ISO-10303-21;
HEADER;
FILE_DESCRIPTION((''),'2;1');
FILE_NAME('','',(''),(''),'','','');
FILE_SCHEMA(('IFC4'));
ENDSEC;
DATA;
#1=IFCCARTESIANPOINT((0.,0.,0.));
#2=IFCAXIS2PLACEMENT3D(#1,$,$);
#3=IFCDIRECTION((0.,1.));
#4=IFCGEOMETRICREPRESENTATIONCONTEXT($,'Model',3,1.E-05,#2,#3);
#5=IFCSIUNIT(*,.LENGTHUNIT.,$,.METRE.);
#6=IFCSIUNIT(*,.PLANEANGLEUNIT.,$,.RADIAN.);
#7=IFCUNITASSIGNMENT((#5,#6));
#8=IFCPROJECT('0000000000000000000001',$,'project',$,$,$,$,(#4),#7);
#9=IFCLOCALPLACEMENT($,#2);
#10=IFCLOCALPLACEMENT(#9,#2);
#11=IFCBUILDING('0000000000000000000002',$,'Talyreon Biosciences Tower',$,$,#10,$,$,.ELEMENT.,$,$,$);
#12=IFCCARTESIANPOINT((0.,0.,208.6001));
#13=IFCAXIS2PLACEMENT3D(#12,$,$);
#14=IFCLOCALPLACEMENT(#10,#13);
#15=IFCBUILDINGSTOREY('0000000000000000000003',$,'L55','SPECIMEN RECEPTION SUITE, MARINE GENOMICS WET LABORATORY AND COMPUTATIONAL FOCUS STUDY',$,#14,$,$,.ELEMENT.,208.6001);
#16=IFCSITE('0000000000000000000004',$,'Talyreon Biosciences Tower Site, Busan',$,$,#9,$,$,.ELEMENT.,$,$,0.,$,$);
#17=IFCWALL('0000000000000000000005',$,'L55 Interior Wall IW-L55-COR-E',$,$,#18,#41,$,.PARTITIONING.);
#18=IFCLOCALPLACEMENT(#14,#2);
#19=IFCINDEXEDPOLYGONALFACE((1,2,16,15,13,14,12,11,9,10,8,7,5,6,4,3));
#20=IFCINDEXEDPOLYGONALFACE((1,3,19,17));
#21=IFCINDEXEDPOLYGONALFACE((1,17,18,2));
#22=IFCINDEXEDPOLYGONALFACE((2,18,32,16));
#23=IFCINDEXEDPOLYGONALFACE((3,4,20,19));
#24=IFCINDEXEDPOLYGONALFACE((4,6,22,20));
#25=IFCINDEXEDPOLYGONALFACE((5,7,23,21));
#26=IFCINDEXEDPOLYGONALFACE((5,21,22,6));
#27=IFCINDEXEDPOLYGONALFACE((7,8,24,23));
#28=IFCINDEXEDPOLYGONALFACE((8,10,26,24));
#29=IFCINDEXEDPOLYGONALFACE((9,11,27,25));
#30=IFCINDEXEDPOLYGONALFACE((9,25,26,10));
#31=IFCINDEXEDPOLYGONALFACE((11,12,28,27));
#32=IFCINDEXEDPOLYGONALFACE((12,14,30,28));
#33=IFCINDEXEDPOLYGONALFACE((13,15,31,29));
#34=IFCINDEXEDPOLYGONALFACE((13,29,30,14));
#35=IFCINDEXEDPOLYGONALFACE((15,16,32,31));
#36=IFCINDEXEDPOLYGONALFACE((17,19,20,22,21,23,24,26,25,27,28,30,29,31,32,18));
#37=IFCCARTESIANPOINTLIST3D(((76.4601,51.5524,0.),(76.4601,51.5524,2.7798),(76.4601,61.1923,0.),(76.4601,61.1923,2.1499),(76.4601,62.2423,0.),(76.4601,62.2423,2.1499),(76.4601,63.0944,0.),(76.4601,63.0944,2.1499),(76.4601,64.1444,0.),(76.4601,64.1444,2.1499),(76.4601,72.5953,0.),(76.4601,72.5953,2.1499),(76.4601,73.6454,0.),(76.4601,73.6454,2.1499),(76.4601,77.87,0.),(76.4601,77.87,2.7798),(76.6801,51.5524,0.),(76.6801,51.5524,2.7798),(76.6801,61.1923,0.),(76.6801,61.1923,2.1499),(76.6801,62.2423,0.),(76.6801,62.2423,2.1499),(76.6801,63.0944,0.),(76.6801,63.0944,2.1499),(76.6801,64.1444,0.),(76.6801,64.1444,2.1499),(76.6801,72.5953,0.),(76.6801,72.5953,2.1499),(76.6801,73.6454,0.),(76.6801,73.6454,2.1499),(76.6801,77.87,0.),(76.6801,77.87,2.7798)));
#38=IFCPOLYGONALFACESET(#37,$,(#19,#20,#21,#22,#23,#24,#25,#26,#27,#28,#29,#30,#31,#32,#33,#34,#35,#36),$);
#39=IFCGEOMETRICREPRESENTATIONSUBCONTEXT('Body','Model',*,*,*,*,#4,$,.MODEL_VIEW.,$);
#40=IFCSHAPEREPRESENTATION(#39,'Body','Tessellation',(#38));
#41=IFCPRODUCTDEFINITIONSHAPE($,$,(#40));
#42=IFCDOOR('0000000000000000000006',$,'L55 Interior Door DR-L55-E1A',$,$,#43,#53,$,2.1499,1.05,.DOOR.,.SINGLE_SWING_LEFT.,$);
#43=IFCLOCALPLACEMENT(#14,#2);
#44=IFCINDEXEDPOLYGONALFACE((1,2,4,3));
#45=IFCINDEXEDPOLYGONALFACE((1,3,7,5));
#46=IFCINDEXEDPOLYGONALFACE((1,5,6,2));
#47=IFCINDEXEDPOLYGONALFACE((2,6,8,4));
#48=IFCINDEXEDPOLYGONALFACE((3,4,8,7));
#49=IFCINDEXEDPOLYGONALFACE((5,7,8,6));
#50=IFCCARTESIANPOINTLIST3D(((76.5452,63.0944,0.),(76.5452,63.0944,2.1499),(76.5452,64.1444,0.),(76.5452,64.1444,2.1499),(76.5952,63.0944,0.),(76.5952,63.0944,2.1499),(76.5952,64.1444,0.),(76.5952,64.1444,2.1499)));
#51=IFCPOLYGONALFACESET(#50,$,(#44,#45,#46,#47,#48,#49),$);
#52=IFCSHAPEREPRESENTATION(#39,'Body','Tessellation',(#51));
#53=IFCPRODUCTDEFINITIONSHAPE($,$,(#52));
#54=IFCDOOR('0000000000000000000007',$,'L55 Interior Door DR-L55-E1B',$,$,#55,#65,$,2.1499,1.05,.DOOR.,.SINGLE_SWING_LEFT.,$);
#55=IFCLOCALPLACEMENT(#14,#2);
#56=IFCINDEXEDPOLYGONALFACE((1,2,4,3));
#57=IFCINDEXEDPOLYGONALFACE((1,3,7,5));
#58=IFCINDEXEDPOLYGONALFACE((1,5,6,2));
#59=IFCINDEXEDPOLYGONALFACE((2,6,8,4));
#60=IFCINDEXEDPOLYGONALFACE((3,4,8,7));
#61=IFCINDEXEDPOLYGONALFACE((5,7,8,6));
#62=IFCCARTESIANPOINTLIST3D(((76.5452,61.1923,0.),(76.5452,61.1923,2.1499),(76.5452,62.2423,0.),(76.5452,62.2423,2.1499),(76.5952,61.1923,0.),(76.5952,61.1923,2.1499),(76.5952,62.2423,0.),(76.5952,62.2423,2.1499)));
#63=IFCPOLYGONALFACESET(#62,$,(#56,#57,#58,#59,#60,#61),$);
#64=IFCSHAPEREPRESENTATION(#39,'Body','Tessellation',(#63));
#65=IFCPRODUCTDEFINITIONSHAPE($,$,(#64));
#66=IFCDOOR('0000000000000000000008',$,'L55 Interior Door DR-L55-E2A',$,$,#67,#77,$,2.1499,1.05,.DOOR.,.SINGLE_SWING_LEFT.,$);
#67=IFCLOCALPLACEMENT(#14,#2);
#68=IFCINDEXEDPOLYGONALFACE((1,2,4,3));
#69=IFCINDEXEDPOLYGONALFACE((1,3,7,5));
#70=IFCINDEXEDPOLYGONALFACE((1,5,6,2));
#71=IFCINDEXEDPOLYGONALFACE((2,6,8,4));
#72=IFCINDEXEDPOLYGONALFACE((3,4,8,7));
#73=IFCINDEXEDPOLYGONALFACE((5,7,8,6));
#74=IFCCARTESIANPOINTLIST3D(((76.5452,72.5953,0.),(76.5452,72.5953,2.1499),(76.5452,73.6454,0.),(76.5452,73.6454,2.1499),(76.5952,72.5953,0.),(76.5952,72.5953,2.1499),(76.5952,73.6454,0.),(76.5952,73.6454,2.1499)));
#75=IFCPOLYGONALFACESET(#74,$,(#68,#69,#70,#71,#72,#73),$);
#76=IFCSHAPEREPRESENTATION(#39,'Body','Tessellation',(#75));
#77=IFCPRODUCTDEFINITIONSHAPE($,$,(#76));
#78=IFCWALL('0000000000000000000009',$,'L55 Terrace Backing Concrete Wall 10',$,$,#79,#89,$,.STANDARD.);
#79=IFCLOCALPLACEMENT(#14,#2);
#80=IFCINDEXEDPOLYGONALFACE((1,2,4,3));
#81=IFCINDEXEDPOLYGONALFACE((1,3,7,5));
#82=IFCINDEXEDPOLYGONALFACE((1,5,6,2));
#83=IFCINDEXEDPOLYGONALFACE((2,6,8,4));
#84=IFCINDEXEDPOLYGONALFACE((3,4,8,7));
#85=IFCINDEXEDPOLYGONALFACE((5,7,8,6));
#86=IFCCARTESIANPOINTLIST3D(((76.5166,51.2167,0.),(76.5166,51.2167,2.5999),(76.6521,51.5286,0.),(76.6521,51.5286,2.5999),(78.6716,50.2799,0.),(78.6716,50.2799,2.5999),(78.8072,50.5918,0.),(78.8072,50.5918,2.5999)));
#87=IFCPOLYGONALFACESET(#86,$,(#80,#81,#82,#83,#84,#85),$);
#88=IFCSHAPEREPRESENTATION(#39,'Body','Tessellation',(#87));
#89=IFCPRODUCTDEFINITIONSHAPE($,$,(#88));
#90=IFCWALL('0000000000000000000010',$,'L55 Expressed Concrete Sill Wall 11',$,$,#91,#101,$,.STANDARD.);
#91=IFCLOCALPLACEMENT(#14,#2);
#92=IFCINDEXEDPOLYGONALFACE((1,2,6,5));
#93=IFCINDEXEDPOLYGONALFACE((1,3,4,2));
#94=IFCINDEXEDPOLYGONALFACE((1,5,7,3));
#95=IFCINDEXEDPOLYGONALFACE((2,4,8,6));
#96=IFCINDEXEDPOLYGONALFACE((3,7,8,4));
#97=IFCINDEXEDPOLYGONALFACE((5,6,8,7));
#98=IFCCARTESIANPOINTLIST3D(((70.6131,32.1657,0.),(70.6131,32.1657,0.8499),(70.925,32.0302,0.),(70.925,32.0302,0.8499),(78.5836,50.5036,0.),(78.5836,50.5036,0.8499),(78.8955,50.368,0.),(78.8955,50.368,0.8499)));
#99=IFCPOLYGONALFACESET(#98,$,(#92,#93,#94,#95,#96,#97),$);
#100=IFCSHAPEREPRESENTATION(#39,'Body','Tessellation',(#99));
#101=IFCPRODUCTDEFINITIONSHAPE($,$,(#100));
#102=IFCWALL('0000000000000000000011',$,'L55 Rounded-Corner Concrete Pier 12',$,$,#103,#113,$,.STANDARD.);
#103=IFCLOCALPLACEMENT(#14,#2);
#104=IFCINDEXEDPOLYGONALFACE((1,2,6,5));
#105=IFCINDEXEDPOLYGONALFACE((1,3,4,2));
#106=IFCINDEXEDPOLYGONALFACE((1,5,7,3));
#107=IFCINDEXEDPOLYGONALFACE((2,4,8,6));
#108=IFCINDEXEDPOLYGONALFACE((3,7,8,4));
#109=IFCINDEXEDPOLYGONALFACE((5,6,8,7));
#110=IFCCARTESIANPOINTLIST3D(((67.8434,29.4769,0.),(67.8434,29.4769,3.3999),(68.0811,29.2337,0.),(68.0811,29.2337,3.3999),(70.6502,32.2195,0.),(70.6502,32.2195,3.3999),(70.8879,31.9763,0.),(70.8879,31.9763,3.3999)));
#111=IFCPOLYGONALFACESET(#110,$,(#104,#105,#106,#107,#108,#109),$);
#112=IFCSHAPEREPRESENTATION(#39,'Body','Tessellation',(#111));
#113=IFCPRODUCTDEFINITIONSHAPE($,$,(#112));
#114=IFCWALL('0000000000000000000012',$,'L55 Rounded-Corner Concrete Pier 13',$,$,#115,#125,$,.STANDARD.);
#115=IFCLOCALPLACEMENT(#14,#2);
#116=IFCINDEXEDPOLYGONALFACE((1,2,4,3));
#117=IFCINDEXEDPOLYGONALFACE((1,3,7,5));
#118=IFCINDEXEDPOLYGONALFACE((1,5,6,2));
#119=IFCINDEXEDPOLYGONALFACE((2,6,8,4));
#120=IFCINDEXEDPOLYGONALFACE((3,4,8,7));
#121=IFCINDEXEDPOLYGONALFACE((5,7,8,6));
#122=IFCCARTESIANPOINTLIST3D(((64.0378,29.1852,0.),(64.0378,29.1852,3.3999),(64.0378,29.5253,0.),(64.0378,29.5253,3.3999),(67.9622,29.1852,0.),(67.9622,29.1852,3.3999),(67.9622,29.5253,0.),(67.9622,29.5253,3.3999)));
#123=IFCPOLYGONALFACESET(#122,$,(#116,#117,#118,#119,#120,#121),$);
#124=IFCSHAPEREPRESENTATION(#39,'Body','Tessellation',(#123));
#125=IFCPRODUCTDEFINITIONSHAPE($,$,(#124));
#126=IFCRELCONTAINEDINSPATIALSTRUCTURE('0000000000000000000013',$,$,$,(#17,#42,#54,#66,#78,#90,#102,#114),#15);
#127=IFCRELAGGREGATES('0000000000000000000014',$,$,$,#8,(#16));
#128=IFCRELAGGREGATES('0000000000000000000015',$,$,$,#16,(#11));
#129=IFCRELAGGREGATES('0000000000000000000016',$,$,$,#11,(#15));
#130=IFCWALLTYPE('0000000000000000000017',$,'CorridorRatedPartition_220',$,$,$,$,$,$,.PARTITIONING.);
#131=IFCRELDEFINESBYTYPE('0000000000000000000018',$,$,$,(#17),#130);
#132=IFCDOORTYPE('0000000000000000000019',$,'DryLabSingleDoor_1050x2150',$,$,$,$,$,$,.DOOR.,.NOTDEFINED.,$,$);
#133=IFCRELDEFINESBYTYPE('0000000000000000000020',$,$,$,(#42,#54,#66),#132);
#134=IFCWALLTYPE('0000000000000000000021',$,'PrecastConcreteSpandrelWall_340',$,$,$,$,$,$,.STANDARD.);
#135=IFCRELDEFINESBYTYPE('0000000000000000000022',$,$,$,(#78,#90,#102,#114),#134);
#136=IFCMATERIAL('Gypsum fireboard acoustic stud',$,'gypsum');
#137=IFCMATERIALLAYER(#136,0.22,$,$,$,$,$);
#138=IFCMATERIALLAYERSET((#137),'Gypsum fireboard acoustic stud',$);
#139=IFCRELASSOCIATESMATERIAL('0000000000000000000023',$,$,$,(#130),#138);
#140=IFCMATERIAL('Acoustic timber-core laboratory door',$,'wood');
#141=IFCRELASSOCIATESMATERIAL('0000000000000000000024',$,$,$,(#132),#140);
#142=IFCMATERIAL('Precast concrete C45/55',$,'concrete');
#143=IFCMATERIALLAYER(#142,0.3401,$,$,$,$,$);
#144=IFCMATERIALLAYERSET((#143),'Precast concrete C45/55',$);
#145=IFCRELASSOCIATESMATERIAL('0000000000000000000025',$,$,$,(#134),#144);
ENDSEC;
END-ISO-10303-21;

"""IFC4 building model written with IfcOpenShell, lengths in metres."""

from ifc_helpers import new_model, si_unit, direction, frame, frame_2d, origin, place, context, subcontext, project, spatial, rectangle, extrude, material, layer, layer_set, type_object, element, fill, save


model = new_model("IFC4")

# Units and contexts
model_context = context("Model", 3, precision=1e-05, world=origin(), true_north=direction((0.0, 1.0)))
body_context = subcontext(model_context, "Body", "Model", "MODEL_VIEW")
ifc_project = project(units=[si_unit("LENGTHUNIT", "METRE"), si_unit("PLANEANGLEUNIT", "RADIAN")], contexts=[model_context])

# Site, building, storey
site_placement = place(None, origin())
site = spatial("IfcSite", under=ifc_project, at=site_placement, Name="Talyreon Biosciences Tower Site, Busan", CompositionType="ELEMENT", RefElevation=0.0)
building_placement = place(site_placement, origin())
building = spatial("IfcBuilding", under=site, at=building_placement, Name="Talyreon Biosciences Tower", CompositionType="ELEMENT")
storey_placement = place(building_placement, frame((0.0, 0.0, 208.6001)))
storey = spatial("IfcBuildingStorey", under=building, at=storey_placement, Name="L55", Description="SPECIMEN RECEPTION SUITE, MARINE GENOMICS WET LABORATORY AND COMPUTATIONAL FOCUS STUDY", CompositionType="ELEMENT", Elevation=208.6001)

# Shared definitions
ifc_material_1 = material(Name="Precast concrete C45/55", Category="concrete")

# Wall, openings, doors
ifc_material_2 = material(Name="Gypsum fireboard acoustic stud", Category="gypsum")
ifc_layer_1 = layer(ifc_material_2, 0.22)
ifc_layer_set_1 = layer_set([ifc_layer_1], Name="Gypsum fireboard acoustic stud")
wall_type_1 = type_object("IfcWallType", Name="CorridorRatedPartition_220", PredefinedType="PARTITIONING", material=ifc_layer_set_1)
wall_1_placement = place(storey_placement, frame((76.5701, 51.5525, 0.0), z_axis=(0.0, 0.0, 1.0), x_axis=(0.0, 1.0, 0.0)))
wall_1 = element("IfcWall", 1, at=wall_1_placement, inside=storey, type_object=wall_type_1, Name="L55 Interior Wall IW-L55-COR-E", PredefinedType="PARTITIONING", context=body_context, shape_type="SweptSolid", body=[
    extrude(rectangle(XDim=26.3176, YDim=0.22, at=frame_2d((13.1587, 0.0))), origin(), (0.0, 0.0, 1.0), 2.7798),
])
opening_1_placement = place(wall_1_placement, frame((11.542, 0.0, 0.0)))
opening_1 = element("IfcOpeningElement", 2, at=opening_1_placement, cuts=wall_1, PredefinedType="OPENING", context=body_context, shape_type="SweptSolid", body=[
    extrude(rectangle(XDim=1.05, YDim=2.1499, at=frame_2d((0.5249, 1.075))), frame((0.0, 0.1199, 0.0), z_axis=(0.0, -1.0, 0.0), x_axis=(1.0, 0.0, 0.0)), (0.0, 0.0, 1.0), 0.24),
])
opening_2_placement = place(wall_1_placement, frame((9.6399, 0.0, 0.0)))
opening_2 = element("IfcOpeningElement", 3, at=opening_2_placement, cuts=wall_1, PredefinedType="OPENING", context=body_context, shape_type="SweptSolid", body=[
    extrude(rectangle(XDim=1.05, YDim=2.1499, at=frame_2d((0.5249, 1.075))), frame((0.0, 0.1199, 0.0), z_axis=(0.0, -1.0, 0.0), x_axis=(1.0, 0.0, 0.0)), (0.0, 0.0, 1.0), 0.24),
])
opening_3_placement = place(wall_1_placement, frame((21.043, 0.0, 0.0)))
opening_3 = element("IfcOpeningElement", 4, at=opening_3_placement, cuts=wall_1, PredefinedType="OPENING", context=body_context, shape_type="SweptSolid", body=[
    extrude(rectangle(XDim=1.05, YDim=2.1499, at=frame_2d((0.5249, 1.075))), frame((0.0, 0.1199, 0.0), z_axis=(0.0, -1.0, 0.0), x_axis=(1.0, 0.0, 0.0)), (0.0, 0.0, 1.0), 0.24),
])
ifc_material_3 = material(Name="Acoustic timber-core laboratory door", Category="wood")
door_type = type_object("IfcDoorType", Name="DryLabSingleDoor_1050x2150", OperationType="NOTDEFINED", PredefinedType="DOOR", material=ifc_material_3)
door_1_placement = place(opening_1_placement, origin())
door_1 = element("IfcDoor", 5, at=door_1_placement, inside=storey, type_object=door_type, Name="L55 Interior Door DR-L55-E1A", OperationType="SINGLE_SWING_LEFT", OverallHeight=2.1499, OverallWidth=1.05, PredefinedType="DOOR", context=body_context, shape_type="SweptSolid", body=[
    extrude(rectangle(XDim=1.05, YDim=2.1499, at=frame_2d((0.5249, 1.075))), frame((0.0, 0.0249, 0.0), z_axis=(0.0, -1.0, 0.0), x_axis=(1.0, 0.0, 0.0)), (0.0, 0.0, 1.0), 0.05),
])
fill(opening_1, door_1)
door_2_placement = place(opening_2_placement, origin())
door_2 = element("IfcDoor", 6, at=door_2_placement, inside=storey, type_object=door_type, Name="L55 Interior Door DR-L55-E1B", OperationType="SINGLE_SWING_LEFT", OverallHeight=2.1499, OverallWidth=1.05, PredefinedType="DOOR", context=body_context, shape_type="SweptSolid", body=[
    extrude(rectangle(XDim=1.05, YDim=2.1499, at=frame_2d((0.5249, 1.075))), frame((0.0, 0.0249, 0.0), z_axis=(0.0, -1.0, 0.0), x_axis=(1.0, 0.0, 0.0)), (0.0, 0.0, 1.0), 0.05),
])
fill(opening_2, door_2)
door_3_placement = place(opening_3_placement, origin())
door_3 = element("IfcDoor", 7, at=door_3_placement, inside=storey, type_object=door_type, Name="L55 Interior Door DR-L55-E2A", OperationType="SINGLE_SWING_LEFT", OverallHeight=2.1499, OverallWidth=1.05, PredefinedType="DOOR", context=body_context, shape_type="SweptSolid", body=[
    extrude(rectangle(XDim=1.05, YDim=2.1499, at=frame_2d((0.5249, 1.075))), frame((0.0, 0.0249, 0.0), z_axis=(0.0, -1.0, 0.0), x_axis=(1.0, 0.0, 0.0)), (0.0, 0.0, 1.0), 0.05),
])
fill(opening_3, door_3)

# Walls
ifc_layer_2 = layer(ifc_material_1, 0.3401)
ifc_layer_set_2 = layer_set([ifc_layer_2], Name="Precast concrete C45/55")
wall_type_2 = type_object("IfcWallType", Name="PrecastConcreteSpandrelWall_340", PredefinedType="STANDARD", material=ifc_layer_set_2)
wall_2_placement = place(storey_placement, frame((76.5845, 51.3726, 0.0), z_axis=(0.0, 0.0, 1.0), x_axis=(0.917101, -0.398654, 0.0)))
element("IfcWall", 8, at=wall_2_placement, inside=storey, type_object=wall_type_2, Name="L55 Terrace Backing Concrete Wall 10", PredefinedType="STANDARD", context=body_context, shape_type="SweptSolid", body=[
    extrude(rectangle(XDim=2.3499, YDim=0.3401, at=frame_2d((1.1748, 0.0))), origin(), (0.0, 0.0, 1.0), 2.5999),
])
wall_3_placement = place(storey_placement, frame((78.7395, 50.4358, 0.0), z_axis=(0.0, 0.0, 1.0), x_axis=(-0.398619, -0.917116, 0.0)))
element("IfcWall", 9, at=wall_3_placement, inside=storey, type_object=wall_type_2, Name="L55 Expressed Concrete Sill Wall 11", PredefinedType="STANDARD", context=body_context, shape_type="SweptSolid", body=[
    extrude(rectangle(XDim=19.9951, YDim=0.3401, at=frame_2d((9.9976, 0.0))), origin(), (0.0, 0.0, 1.0), 0.8499),
])
for number, where, z_axis, x_axis, name in (
    (10, (70.769, 32.0979, 0.0), (0.0, 0.0, 1.0), (-0.71524, -0.698879, 0.0), "L55 Rounded-Corner Concrete Pier 12"),
    (11, (67.9622, 29.3552, 0.0), (0.0, 0.0, 1.0), (-1.0, 0.0, 0.0), "L55 Rounded-Corner Concrete Pier 13"),
):
    element("IfcWall", number, at=place(storey_placement, frame(where, z_axis=z_axis, x_axis=x_axis)), inside=storey, type_object=wall_type_2, Name=name, PredefinedType="STANDARD", context=body_context, shape_type="SweptSolid", body=[
        extrude(rectangle(XDim=3.9243, YDim=0.3401, at=frame_2d((1.9622, 0.0))), origin(), (0.0, 0.0, 1.0), 3.3999),
    ])

save(model, "model.ifc")
